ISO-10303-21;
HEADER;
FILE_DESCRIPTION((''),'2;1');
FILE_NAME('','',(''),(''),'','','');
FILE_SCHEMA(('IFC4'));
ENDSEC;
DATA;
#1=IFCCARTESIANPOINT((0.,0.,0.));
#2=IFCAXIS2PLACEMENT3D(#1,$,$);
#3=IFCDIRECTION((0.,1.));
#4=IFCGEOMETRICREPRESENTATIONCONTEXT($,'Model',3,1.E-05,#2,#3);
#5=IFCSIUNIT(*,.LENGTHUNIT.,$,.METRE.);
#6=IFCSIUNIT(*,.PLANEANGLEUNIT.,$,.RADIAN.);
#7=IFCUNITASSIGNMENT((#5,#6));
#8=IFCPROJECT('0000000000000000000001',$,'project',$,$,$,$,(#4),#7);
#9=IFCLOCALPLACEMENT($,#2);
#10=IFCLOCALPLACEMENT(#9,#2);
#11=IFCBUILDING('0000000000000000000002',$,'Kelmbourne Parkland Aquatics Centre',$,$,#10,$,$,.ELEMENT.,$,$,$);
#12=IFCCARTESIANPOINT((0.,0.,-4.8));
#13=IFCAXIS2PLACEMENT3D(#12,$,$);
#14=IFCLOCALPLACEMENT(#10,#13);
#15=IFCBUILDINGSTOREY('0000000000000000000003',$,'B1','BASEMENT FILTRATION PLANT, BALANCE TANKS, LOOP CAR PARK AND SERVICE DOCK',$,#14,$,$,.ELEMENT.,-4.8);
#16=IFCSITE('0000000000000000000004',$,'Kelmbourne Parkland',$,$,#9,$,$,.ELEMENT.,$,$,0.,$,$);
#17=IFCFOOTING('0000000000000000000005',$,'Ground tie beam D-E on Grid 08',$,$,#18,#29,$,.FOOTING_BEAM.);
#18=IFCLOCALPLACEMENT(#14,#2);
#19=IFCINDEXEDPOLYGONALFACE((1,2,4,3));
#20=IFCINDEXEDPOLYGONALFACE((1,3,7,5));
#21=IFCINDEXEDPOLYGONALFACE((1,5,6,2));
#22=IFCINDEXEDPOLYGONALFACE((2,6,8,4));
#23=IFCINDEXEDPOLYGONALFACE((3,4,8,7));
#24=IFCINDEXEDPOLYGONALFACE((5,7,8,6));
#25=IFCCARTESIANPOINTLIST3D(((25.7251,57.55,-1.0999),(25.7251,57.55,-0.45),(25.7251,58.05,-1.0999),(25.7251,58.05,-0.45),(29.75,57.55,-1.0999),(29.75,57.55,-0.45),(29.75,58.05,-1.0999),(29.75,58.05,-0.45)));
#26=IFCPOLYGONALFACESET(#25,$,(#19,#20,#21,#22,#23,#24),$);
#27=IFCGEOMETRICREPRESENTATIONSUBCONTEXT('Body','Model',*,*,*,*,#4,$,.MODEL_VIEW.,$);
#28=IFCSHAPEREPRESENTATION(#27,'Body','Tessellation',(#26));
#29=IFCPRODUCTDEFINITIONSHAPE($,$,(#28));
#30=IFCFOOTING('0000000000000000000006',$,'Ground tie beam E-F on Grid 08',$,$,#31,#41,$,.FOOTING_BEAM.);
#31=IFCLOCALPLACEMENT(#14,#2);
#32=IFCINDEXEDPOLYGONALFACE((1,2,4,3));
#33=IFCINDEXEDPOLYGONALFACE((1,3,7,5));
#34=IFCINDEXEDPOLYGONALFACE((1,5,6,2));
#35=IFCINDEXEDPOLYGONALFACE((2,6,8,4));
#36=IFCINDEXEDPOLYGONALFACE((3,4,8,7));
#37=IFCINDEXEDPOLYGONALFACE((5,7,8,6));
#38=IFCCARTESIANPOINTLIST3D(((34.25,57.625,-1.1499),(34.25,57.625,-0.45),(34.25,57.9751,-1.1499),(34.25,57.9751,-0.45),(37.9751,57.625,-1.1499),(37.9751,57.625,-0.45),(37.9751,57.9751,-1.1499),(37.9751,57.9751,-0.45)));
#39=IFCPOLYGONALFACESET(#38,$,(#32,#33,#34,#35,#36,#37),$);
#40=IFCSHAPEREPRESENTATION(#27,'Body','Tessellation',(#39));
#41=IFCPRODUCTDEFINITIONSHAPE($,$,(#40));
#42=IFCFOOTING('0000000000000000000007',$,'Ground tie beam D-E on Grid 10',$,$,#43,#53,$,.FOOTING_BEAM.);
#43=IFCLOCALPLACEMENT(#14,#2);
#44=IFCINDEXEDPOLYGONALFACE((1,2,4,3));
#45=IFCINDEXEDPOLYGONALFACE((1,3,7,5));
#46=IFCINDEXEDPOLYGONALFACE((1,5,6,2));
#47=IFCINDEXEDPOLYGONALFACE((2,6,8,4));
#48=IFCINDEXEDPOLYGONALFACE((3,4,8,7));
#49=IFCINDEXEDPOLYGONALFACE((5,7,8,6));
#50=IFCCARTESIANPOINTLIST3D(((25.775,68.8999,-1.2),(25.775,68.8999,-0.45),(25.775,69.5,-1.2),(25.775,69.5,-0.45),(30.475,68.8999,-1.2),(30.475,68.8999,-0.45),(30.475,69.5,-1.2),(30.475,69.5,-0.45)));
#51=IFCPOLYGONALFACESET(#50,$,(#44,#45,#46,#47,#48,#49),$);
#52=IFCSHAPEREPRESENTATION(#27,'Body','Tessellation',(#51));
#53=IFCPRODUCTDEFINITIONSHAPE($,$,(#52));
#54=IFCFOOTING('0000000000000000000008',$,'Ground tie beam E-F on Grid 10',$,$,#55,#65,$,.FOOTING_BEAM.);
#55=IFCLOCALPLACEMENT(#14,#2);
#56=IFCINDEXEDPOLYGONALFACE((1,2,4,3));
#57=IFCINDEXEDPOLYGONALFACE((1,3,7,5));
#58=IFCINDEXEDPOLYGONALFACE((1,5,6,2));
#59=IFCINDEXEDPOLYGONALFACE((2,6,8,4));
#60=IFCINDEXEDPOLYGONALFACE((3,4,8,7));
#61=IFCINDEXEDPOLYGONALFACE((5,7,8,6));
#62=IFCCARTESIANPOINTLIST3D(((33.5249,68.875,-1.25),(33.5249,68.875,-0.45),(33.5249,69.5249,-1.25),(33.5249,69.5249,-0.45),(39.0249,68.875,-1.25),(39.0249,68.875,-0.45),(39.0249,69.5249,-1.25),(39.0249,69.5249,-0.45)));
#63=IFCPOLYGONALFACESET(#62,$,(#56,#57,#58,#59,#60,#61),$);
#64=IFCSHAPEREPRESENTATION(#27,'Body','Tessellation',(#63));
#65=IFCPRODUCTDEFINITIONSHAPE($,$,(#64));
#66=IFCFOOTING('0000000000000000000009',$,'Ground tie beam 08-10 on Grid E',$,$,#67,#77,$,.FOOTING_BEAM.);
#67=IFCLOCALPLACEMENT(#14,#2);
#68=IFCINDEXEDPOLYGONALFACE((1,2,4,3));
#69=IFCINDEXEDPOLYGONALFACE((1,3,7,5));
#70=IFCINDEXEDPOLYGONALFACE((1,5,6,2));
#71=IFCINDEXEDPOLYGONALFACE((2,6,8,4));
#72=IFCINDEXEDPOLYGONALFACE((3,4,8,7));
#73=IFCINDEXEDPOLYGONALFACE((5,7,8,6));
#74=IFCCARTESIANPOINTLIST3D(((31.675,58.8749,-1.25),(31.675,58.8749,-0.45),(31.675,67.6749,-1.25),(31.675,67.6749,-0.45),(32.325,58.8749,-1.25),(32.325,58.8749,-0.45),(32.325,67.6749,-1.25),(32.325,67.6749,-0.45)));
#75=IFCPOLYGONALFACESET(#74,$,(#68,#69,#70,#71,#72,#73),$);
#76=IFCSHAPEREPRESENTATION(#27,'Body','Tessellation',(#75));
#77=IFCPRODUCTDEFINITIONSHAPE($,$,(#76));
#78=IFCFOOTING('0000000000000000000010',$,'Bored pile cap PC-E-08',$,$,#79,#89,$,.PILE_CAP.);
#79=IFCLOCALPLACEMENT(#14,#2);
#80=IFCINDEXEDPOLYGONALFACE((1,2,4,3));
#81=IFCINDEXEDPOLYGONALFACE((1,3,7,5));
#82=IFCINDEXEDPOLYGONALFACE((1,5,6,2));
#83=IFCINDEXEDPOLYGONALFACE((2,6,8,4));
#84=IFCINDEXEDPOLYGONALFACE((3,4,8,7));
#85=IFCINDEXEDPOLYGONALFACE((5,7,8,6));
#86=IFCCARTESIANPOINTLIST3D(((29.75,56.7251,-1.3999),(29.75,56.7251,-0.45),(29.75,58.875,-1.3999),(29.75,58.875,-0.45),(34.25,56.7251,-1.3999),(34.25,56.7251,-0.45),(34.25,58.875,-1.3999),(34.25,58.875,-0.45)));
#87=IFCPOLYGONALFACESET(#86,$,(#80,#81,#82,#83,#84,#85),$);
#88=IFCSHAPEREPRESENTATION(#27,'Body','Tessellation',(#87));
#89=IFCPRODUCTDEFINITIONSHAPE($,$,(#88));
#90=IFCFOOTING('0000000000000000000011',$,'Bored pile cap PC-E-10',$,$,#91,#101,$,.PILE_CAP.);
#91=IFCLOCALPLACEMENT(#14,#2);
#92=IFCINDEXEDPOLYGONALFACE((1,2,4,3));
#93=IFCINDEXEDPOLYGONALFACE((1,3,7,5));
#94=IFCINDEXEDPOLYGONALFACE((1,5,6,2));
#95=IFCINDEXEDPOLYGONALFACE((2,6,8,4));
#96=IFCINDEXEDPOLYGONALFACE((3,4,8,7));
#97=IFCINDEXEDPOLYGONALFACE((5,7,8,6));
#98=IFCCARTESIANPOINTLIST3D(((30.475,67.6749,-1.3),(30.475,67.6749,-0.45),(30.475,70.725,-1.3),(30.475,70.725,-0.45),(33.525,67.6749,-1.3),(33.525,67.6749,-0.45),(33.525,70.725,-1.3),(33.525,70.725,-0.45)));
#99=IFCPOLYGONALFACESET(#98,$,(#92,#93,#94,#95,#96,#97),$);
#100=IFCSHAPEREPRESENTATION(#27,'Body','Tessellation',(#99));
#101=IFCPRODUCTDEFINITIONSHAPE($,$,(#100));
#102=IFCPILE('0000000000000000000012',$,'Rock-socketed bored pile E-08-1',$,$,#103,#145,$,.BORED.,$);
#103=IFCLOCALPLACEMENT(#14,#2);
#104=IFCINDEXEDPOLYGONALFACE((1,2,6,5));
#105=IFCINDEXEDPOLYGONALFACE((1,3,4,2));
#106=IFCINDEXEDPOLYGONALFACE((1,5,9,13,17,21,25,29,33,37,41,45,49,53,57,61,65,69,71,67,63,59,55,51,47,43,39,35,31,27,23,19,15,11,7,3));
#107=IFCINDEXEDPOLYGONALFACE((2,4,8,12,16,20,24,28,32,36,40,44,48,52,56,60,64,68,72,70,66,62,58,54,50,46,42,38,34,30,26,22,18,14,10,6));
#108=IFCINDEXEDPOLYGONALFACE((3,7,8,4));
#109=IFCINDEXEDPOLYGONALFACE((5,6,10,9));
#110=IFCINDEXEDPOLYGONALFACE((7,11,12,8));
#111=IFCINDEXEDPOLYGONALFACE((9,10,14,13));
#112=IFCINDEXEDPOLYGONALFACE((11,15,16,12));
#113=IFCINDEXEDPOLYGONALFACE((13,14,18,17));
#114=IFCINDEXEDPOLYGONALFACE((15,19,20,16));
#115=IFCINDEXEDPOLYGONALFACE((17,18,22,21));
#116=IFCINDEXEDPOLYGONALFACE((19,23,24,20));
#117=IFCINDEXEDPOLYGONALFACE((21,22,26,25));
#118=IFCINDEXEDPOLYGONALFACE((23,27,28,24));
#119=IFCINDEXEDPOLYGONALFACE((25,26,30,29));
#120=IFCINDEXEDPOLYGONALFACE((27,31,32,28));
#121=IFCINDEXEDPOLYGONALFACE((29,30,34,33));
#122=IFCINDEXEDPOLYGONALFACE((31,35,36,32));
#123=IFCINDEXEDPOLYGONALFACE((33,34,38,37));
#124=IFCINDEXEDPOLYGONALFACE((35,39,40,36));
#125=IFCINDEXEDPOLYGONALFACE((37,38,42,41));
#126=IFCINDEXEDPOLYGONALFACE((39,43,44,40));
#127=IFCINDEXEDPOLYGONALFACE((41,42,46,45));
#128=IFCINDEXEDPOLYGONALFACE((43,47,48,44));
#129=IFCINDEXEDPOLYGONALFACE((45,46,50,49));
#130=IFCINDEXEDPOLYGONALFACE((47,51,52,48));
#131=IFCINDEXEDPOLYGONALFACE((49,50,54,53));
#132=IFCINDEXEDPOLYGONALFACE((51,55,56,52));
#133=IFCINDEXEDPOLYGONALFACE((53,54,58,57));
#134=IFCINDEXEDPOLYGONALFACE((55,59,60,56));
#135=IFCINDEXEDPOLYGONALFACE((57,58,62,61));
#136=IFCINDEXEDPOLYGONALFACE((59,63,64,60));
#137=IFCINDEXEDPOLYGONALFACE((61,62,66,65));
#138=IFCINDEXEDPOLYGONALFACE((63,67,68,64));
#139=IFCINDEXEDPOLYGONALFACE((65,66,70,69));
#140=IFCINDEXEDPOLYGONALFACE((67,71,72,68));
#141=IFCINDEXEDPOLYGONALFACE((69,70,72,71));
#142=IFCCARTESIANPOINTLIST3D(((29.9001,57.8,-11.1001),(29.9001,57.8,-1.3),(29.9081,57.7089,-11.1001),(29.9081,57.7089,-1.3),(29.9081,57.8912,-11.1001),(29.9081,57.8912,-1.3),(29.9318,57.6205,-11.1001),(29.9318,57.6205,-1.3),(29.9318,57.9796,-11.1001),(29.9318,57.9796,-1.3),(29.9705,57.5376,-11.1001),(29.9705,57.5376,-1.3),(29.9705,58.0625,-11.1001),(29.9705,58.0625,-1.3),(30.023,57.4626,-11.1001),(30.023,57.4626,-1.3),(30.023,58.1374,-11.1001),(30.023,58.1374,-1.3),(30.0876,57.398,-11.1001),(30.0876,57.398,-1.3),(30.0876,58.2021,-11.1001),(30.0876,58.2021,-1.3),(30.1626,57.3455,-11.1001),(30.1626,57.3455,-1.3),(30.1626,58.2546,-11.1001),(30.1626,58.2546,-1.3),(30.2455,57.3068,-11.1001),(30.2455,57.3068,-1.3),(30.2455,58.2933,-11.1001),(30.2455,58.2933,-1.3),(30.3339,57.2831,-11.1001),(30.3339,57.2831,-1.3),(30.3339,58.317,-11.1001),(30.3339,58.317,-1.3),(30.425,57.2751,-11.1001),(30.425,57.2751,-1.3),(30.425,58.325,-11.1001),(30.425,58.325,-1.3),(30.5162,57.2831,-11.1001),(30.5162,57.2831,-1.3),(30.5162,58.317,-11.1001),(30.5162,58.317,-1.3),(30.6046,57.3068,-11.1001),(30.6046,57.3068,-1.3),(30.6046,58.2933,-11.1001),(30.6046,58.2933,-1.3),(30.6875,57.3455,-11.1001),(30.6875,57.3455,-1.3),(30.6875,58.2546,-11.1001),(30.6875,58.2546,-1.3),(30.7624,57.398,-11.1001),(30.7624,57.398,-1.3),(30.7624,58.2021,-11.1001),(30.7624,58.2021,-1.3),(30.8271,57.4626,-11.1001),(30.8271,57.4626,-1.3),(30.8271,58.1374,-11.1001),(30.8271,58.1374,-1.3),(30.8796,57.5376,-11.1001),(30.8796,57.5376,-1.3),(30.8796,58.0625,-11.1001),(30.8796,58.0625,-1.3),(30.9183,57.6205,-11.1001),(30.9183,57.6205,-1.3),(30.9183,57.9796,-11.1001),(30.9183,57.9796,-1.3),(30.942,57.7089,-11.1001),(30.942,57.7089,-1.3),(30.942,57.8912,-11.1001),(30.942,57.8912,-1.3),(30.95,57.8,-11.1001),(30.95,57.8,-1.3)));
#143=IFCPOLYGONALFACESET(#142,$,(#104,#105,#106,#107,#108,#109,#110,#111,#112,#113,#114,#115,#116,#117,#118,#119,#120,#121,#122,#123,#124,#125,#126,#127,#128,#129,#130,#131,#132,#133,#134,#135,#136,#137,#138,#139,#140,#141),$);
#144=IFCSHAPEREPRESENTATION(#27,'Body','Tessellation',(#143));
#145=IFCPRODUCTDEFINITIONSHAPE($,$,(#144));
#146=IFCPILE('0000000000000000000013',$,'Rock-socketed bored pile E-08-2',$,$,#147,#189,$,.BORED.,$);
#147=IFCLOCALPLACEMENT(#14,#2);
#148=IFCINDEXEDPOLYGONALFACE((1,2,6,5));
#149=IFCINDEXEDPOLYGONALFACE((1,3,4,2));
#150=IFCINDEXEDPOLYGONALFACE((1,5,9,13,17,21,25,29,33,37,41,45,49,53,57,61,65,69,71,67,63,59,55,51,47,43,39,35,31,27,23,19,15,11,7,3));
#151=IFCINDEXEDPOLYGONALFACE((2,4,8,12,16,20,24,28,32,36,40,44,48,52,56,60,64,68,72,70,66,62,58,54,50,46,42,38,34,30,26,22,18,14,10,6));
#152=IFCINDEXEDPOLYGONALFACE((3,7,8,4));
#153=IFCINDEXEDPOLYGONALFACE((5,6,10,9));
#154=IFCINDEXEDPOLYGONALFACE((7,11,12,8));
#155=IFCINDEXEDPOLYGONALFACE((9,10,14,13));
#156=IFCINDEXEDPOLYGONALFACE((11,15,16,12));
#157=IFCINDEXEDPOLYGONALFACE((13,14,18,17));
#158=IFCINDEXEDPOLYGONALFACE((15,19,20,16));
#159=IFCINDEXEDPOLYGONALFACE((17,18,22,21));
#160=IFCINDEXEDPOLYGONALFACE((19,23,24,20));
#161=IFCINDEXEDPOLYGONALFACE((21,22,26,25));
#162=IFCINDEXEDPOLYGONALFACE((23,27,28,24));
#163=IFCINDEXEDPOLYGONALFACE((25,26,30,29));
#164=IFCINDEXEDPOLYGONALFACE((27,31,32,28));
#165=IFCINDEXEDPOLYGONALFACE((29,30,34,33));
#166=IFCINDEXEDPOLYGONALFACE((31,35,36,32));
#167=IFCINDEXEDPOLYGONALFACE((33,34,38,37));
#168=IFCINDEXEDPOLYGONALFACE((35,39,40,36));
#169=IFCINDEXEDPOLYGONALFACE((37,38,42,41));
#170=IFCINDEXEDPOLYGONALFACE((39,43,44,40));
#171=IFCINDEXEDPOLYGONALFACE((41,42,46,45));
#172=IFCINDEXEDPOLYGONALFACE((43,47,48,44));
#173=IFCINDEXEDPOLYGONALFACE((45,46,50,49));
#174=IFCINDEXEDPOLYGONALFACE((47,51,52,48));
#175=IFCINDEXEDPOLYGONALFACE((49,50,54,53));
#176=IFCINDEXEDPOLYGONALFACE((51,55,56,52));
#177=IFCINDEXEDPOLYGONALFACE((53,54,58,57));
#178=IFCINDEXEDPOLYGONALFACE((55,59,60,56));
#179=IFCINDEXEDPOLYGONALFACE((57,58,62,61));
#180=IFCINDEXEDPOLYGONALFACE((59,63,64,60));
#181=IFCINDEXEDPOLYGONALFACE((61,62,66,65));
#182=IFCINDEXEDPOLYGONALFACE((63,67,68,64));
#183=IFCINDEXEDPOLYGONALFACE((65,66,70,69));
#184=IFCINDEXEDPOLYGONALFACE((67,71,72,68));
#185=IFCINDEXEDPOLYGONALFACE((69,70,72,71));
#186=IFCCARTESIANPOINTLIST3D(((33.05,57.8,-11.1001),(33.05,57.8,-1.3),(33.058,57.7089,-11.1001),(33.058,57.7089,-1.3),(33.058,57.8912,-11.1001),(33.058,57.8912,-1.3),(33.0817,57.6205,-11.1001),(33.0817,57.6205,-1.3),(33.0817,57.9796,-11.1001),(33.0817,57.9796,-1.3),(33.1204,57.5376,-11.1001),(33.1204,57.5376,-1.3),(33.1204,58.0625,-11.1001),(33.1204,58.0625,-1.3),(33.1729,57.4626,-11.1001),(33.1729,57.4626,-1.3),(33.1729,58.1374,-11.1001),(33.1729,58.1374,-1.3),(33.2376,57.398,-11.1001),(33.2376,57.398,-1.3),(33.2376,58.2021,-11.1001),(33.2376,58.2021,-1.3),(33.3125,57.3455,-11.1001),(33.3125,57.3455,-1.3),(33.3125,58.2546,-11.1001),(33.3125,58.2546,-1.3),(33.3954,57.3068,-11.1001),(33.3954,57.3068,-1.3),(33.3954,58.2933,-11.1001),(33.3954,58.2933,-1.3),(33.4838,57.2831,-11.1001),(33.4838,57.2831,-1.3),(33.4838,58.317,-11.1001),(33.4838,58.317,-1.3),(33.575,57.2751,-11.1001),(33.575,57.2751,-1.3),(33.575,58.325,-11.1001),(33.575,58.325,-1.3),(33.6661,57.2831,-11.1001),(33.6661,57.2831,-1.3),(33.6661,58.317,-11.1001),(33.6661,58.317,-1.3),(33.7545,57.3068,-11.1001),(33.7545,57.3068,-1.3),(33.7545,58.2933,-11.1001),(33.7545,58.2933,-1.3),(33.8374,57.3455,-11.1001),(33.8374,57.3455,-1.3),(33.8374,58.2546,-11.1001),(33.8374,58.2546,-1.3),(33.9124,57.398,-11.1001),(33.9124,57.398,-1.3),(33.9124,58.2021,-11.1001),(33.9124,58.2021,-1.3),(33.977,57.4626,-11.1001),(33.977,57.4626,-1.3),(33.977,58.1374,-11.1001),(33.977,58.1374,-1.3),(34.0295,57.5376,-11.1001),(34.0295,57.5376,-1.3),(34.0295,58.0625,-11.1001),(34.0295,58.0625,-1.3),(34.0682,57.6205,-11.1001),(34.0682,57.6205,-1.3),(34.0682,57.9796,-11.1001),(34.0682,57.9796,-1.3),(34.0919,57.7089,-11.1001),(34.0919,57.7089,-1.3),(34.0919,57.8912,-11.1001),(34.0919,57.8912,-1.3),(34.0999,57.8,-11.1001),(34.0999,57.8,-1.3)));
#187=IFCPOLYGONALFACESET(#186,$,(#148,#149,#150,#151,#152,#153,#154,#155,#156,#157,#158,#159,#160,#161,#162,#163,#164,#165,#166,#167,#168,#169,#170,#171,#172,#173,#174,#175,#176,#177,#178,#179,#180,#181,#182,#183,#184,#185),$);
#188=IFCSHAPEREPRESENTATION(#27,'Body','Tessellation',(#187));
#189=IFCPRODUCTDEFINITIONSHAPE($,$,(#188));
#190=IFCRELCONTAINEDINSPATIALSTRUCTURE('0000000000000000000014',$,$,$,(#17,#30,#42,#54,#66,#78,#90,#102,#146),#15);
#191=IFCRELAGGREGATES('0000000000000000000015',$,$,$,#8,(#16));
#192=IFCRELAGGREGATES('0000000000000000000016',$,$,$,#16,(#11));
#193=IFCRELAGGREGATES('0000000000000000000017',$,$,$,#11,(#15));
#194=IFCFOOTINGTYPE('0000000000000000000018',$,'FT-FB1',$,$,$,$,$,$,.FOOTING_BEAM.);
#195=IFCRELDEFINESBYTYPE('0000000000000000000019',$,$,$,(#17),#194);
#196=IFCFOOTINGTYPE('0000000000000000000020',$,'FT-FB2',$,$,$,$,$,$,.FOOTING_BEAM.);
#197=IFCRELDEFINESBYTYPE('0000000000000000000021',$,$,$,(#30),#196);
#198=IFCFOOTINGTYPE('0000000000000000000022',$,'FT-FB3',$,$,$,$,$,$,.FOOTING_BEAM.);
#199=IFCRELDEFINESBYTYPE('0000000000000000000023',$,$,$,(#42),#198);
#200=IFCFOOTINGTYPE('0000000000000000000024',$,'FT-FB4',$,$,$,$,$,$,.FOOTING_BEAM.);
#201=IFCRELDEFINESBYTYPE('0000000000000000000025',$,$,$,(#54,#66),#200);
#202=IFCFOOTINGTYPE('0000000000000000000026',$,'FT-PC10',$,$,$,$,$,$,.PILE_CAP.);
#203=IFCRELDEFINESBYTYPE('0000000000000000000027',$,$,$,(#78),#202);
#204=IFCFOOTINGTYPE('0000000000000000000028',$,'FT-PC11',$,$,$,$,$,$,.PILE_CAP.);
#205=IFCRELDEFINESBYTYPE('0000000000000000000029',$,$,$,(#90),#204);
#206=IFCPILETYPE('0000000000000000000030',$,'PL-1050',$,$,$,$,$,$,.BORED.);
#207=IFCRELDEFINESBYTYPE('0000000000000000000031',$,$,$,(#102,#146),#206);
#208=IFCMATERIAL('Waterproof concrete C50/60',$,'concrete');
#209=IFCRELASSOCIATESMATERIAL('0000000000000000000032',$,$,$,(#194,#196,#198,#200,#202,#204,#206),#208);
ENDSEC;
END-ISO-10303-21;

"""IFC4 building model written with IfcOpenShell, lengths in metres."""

from ifc_helpers import new_model, si_unit, direction, frame, origin, origin_2d, place, context, subcontext, project, spatial, rectangle, circle, extrude, material, material_profile, profile_set, type_object, element, save


model = new_model("IFC4")

# Units and contexts
model_context = context("Model", 3, precision=1e-05, world=origin(), true_north=direction((0.0, 1.0)))
body_context = subcontext(model_context, "Body", "Model", "MODEL_VIEW")
ifc_project = project(units=[si_unit("LENGTHUNIT", "METRE"), si_unit("PLANEANGLEUNIT", "RADIAN")], contexts=[model_context])

# Site, building, storey
site_placement = place(None, origin())
site = spatial("IfcSite", under=ifc_project, at=site_placement, Name="Kelmbourne Parkland", CompositionType="ELEMENT", RefElevation=0.0)
building_placement = place(site_placement, origin())
building = spatial("IfcBuilding", under=site, at=building_placement, Name="Kelmbourne Parkland Aquatics Centre", CompositionType="ELEMENT")
storey_placement = place(building_placement, frame((0.0, 0.0, -4.8)))
storey = spatial("IfcBuildingStorey", under=building, at=storey_placement, Name="B1", Description="BASEMENT FILTRATION PLANT, BALANCE TANKS, LOOP CAR PARK AND SERVICE DOCK", CompositionType="ELEMENT", Elevation=-4.8)

# Footings
ifc_material_1 = material(Name="Waterproof concrete C50/60", Category="concrete")
footing_type_1 = type_object("IfcFootingType", Name="FT-FB1", PredefinedType="FOOTING_BEAM", material=ifc_material_1)
footing_1_placement = place(storey_placement, frame((27.7375, 57.8, -1.0999), z_axis=(0.0, 0.0, 1.0), x_axis=(1.0, 0.0, 0.0)))
element("IfcFooting", 1, at=footing_1_placement, inside=storey, type_object=footing_type_1, Name="Ground tie beam D-E on Grid 08", PredefinedType="FOOTING_BEAM", context=body_context, shape_type="SweptSolid", body=[
    extrude(rectangle(XDim=4.0249, YDim=0.5, at=origin_2d()), origin(), (0.0, 0.0, 1.0), 0.6499),
])
footing_type_2 = type_object("IfcFootingType", Name="FT-FB2", PredefinedType="FOOTING_BEAM", material=ifc_material_1)
footing_2_placement = place(storey_placement, frame((36.1125, 57.8, -1.1499), z_axis=(0.0, 0.0, 1.0), x_axis=(1.0, 0.0, 0.0)))
element("IfcFooting", 2, at=footing_2_placement, inside=storey, type_object=footing_type_2, Name="Ground tie beam E-F on Grid 08", PredefinedType="FOOTING_BEAM", context=body_context, shape_type="SweptSolid", body=[
    extrude(rectangle(XDim=3.7251, YDim=0.3501, at=origin_2d()), origin(), (0.0, 0.0, 1.0), 0.7),
])
footing_type_3 = type_object("IfcFootingType", Name="FT-FB3", PredefinedType="FOOTING_BEAM", material=ifc_material_1)
footing_3_placement = place(storey_placement, frame((28.125, 69.2, -1.2), z_axis=(0.0, 0.0, 1.0), x_axis=(1.0, 0.0, 0.0)))
element("IfcFooting", 3, at=footing_3_placement, inside=storey, type_object=footing_type_3, Name="Ground tie beam D-E on Grid 10", PredefinedType="FOOTING_BEAM", context=body_context, shape_type="SweptSolid", body=[
    extrude(rectangle(XDim=4.7, YDim=0.6001, at=origin_2d()), origin(), (0.0, 0.0, 1.0), 0.75),
])
footing_type_4 = type_object("IfcFootingType", Name="FT-FB4", PredefinedType="FOOTING_BEAM", material=ifc_material_1)
footing_4_placement = place(storey_placement, frame((36.2749, 69.2, -1.25), z_axis=(0.0, 0.0, 1.0), x_axis=(1.0, 0.0, 0.0)))
element("IfcFooting", 4, at=footing_4_placement, inside=storey, type_object=footing_type_4, Name="Ground tie beam E-F on Grid 10", PredefinedType="FOOTING_BEAM", context=body_context, shape_type="SweptSolid", body=[
    extrude(rectangle(XDim=5.5, YDim=0.6499, at=origin_2d()), origin(), (0.0, 0.0, 1.0), 0.8),
])
footing_5_placement = place(storey_placement, frame((32.0, 63.2749, -1.25), z_axis=(0.0, 0.0, 1.0), x_axis=(0.0, 1.0, 0.0)))
element("IfcFooting", 5, at=footing_5_placement, inside=storey, type_object=footing_type_4, Name="Ground tie beam 08-10 on Grid E", PredefinedType="FOOTING_BEAM", context=body_context, shape_type="SweptSolid", body=[
    extrude(rectangle(XDim=8.8, YDim=0.6499, at=origin_2d()), origin(), (0.0, 0.0, 1.0), 0.8),
])
footing_type_5 = type_object("IfcFootingType", Name="FT-PC10", PredefinedType="PILE_CAP", material=ifc_material_1)
footing_6_placement = place(storey_placement, frame((32.0, 57.8, -1.3999), z_axis=(0.0, 0.0, 1.0), x_axis=(1.0, 0.0, 0.0)))
element("IfcFooting", 6, at=footing_6_placement, inside=storey, type_object=footing_type_5, Name="Bored pile cap PC-E-08", PredefinedType="PILE_CAP", context=body_context, shape_type="SweptSolid", body=[
    extrude(rectangle(XDim=4.5, YDim=2.1499, at=origin_2d()), origin(), (0.0, 0.0, 1.0), 0.95),
])
footing_type_6 = type_object("IfcFootingType", Name="FT-PC11", PredefinedType="PILE_CAP", material=ifc_material_1)
footing_7_placement = place(storey_placement, frame((32.0, 69.2, -1.3), z_axis=(0.0, 0.0, 1.0), x_axis=(1.0, 0.0, 0.0)))
element("IfcFooting", 7, at=footing_7_placement, inside=storey, type_object=footing_type_6, Name="Bored pile cap PC-E-10", PredefinedType="PILE_CAP", context=body_context, shape_type="SweptSolid", body=[
    extrude(rectangle(XDim=3.05, YDim=3.05, at=origin_2d()), origin(), (0.0, 0.0, 1.0), 0.8501),
])

# Piles
ifc_material_profile_1 = material_profile(ifc_material_1, circle(Radius=0.5249, at=origin_2d()), Name="PILE D1050")
ifc_profile_set_1 = profile_set([ifc_material_profile_1], Name="Waterproof concrete C50/60")
pile_type_1 = type_object("IfcPileType", Name="PL-1050", PredefinedType="BORED", material=ifc_profile_set_1)
for number, where, z_axis, x_axis, name in (
    (8, (30.425, 57.8, -1.3), (0.0, 0.0, -1.0), (1.0, 0.0, 0.0), "Rock-socketed bored pile E-08-1"),
    (9, (33.575, 57.8, -1.3), (0.0, 0.0, -1.0), (1.0, 0.0, 0.0), "Rock-socketed bored pile E-08-2"),
):
    element("IfcPile", number, at=place(storey_placement, frame(where, z_axis=z_axis, x_axis=x_axis)), inside=storey, type_object=pile_type_1, Name=name, PredefinedType="BORED", context=body_context, shape_type="SweptSolid", body=[
        extrude(circle(Radius=0.5249, at=origin_2d()), origin(), (0.0, 0.0, 1.0), 9.8),
    ])

save(model, "model.ifc")
